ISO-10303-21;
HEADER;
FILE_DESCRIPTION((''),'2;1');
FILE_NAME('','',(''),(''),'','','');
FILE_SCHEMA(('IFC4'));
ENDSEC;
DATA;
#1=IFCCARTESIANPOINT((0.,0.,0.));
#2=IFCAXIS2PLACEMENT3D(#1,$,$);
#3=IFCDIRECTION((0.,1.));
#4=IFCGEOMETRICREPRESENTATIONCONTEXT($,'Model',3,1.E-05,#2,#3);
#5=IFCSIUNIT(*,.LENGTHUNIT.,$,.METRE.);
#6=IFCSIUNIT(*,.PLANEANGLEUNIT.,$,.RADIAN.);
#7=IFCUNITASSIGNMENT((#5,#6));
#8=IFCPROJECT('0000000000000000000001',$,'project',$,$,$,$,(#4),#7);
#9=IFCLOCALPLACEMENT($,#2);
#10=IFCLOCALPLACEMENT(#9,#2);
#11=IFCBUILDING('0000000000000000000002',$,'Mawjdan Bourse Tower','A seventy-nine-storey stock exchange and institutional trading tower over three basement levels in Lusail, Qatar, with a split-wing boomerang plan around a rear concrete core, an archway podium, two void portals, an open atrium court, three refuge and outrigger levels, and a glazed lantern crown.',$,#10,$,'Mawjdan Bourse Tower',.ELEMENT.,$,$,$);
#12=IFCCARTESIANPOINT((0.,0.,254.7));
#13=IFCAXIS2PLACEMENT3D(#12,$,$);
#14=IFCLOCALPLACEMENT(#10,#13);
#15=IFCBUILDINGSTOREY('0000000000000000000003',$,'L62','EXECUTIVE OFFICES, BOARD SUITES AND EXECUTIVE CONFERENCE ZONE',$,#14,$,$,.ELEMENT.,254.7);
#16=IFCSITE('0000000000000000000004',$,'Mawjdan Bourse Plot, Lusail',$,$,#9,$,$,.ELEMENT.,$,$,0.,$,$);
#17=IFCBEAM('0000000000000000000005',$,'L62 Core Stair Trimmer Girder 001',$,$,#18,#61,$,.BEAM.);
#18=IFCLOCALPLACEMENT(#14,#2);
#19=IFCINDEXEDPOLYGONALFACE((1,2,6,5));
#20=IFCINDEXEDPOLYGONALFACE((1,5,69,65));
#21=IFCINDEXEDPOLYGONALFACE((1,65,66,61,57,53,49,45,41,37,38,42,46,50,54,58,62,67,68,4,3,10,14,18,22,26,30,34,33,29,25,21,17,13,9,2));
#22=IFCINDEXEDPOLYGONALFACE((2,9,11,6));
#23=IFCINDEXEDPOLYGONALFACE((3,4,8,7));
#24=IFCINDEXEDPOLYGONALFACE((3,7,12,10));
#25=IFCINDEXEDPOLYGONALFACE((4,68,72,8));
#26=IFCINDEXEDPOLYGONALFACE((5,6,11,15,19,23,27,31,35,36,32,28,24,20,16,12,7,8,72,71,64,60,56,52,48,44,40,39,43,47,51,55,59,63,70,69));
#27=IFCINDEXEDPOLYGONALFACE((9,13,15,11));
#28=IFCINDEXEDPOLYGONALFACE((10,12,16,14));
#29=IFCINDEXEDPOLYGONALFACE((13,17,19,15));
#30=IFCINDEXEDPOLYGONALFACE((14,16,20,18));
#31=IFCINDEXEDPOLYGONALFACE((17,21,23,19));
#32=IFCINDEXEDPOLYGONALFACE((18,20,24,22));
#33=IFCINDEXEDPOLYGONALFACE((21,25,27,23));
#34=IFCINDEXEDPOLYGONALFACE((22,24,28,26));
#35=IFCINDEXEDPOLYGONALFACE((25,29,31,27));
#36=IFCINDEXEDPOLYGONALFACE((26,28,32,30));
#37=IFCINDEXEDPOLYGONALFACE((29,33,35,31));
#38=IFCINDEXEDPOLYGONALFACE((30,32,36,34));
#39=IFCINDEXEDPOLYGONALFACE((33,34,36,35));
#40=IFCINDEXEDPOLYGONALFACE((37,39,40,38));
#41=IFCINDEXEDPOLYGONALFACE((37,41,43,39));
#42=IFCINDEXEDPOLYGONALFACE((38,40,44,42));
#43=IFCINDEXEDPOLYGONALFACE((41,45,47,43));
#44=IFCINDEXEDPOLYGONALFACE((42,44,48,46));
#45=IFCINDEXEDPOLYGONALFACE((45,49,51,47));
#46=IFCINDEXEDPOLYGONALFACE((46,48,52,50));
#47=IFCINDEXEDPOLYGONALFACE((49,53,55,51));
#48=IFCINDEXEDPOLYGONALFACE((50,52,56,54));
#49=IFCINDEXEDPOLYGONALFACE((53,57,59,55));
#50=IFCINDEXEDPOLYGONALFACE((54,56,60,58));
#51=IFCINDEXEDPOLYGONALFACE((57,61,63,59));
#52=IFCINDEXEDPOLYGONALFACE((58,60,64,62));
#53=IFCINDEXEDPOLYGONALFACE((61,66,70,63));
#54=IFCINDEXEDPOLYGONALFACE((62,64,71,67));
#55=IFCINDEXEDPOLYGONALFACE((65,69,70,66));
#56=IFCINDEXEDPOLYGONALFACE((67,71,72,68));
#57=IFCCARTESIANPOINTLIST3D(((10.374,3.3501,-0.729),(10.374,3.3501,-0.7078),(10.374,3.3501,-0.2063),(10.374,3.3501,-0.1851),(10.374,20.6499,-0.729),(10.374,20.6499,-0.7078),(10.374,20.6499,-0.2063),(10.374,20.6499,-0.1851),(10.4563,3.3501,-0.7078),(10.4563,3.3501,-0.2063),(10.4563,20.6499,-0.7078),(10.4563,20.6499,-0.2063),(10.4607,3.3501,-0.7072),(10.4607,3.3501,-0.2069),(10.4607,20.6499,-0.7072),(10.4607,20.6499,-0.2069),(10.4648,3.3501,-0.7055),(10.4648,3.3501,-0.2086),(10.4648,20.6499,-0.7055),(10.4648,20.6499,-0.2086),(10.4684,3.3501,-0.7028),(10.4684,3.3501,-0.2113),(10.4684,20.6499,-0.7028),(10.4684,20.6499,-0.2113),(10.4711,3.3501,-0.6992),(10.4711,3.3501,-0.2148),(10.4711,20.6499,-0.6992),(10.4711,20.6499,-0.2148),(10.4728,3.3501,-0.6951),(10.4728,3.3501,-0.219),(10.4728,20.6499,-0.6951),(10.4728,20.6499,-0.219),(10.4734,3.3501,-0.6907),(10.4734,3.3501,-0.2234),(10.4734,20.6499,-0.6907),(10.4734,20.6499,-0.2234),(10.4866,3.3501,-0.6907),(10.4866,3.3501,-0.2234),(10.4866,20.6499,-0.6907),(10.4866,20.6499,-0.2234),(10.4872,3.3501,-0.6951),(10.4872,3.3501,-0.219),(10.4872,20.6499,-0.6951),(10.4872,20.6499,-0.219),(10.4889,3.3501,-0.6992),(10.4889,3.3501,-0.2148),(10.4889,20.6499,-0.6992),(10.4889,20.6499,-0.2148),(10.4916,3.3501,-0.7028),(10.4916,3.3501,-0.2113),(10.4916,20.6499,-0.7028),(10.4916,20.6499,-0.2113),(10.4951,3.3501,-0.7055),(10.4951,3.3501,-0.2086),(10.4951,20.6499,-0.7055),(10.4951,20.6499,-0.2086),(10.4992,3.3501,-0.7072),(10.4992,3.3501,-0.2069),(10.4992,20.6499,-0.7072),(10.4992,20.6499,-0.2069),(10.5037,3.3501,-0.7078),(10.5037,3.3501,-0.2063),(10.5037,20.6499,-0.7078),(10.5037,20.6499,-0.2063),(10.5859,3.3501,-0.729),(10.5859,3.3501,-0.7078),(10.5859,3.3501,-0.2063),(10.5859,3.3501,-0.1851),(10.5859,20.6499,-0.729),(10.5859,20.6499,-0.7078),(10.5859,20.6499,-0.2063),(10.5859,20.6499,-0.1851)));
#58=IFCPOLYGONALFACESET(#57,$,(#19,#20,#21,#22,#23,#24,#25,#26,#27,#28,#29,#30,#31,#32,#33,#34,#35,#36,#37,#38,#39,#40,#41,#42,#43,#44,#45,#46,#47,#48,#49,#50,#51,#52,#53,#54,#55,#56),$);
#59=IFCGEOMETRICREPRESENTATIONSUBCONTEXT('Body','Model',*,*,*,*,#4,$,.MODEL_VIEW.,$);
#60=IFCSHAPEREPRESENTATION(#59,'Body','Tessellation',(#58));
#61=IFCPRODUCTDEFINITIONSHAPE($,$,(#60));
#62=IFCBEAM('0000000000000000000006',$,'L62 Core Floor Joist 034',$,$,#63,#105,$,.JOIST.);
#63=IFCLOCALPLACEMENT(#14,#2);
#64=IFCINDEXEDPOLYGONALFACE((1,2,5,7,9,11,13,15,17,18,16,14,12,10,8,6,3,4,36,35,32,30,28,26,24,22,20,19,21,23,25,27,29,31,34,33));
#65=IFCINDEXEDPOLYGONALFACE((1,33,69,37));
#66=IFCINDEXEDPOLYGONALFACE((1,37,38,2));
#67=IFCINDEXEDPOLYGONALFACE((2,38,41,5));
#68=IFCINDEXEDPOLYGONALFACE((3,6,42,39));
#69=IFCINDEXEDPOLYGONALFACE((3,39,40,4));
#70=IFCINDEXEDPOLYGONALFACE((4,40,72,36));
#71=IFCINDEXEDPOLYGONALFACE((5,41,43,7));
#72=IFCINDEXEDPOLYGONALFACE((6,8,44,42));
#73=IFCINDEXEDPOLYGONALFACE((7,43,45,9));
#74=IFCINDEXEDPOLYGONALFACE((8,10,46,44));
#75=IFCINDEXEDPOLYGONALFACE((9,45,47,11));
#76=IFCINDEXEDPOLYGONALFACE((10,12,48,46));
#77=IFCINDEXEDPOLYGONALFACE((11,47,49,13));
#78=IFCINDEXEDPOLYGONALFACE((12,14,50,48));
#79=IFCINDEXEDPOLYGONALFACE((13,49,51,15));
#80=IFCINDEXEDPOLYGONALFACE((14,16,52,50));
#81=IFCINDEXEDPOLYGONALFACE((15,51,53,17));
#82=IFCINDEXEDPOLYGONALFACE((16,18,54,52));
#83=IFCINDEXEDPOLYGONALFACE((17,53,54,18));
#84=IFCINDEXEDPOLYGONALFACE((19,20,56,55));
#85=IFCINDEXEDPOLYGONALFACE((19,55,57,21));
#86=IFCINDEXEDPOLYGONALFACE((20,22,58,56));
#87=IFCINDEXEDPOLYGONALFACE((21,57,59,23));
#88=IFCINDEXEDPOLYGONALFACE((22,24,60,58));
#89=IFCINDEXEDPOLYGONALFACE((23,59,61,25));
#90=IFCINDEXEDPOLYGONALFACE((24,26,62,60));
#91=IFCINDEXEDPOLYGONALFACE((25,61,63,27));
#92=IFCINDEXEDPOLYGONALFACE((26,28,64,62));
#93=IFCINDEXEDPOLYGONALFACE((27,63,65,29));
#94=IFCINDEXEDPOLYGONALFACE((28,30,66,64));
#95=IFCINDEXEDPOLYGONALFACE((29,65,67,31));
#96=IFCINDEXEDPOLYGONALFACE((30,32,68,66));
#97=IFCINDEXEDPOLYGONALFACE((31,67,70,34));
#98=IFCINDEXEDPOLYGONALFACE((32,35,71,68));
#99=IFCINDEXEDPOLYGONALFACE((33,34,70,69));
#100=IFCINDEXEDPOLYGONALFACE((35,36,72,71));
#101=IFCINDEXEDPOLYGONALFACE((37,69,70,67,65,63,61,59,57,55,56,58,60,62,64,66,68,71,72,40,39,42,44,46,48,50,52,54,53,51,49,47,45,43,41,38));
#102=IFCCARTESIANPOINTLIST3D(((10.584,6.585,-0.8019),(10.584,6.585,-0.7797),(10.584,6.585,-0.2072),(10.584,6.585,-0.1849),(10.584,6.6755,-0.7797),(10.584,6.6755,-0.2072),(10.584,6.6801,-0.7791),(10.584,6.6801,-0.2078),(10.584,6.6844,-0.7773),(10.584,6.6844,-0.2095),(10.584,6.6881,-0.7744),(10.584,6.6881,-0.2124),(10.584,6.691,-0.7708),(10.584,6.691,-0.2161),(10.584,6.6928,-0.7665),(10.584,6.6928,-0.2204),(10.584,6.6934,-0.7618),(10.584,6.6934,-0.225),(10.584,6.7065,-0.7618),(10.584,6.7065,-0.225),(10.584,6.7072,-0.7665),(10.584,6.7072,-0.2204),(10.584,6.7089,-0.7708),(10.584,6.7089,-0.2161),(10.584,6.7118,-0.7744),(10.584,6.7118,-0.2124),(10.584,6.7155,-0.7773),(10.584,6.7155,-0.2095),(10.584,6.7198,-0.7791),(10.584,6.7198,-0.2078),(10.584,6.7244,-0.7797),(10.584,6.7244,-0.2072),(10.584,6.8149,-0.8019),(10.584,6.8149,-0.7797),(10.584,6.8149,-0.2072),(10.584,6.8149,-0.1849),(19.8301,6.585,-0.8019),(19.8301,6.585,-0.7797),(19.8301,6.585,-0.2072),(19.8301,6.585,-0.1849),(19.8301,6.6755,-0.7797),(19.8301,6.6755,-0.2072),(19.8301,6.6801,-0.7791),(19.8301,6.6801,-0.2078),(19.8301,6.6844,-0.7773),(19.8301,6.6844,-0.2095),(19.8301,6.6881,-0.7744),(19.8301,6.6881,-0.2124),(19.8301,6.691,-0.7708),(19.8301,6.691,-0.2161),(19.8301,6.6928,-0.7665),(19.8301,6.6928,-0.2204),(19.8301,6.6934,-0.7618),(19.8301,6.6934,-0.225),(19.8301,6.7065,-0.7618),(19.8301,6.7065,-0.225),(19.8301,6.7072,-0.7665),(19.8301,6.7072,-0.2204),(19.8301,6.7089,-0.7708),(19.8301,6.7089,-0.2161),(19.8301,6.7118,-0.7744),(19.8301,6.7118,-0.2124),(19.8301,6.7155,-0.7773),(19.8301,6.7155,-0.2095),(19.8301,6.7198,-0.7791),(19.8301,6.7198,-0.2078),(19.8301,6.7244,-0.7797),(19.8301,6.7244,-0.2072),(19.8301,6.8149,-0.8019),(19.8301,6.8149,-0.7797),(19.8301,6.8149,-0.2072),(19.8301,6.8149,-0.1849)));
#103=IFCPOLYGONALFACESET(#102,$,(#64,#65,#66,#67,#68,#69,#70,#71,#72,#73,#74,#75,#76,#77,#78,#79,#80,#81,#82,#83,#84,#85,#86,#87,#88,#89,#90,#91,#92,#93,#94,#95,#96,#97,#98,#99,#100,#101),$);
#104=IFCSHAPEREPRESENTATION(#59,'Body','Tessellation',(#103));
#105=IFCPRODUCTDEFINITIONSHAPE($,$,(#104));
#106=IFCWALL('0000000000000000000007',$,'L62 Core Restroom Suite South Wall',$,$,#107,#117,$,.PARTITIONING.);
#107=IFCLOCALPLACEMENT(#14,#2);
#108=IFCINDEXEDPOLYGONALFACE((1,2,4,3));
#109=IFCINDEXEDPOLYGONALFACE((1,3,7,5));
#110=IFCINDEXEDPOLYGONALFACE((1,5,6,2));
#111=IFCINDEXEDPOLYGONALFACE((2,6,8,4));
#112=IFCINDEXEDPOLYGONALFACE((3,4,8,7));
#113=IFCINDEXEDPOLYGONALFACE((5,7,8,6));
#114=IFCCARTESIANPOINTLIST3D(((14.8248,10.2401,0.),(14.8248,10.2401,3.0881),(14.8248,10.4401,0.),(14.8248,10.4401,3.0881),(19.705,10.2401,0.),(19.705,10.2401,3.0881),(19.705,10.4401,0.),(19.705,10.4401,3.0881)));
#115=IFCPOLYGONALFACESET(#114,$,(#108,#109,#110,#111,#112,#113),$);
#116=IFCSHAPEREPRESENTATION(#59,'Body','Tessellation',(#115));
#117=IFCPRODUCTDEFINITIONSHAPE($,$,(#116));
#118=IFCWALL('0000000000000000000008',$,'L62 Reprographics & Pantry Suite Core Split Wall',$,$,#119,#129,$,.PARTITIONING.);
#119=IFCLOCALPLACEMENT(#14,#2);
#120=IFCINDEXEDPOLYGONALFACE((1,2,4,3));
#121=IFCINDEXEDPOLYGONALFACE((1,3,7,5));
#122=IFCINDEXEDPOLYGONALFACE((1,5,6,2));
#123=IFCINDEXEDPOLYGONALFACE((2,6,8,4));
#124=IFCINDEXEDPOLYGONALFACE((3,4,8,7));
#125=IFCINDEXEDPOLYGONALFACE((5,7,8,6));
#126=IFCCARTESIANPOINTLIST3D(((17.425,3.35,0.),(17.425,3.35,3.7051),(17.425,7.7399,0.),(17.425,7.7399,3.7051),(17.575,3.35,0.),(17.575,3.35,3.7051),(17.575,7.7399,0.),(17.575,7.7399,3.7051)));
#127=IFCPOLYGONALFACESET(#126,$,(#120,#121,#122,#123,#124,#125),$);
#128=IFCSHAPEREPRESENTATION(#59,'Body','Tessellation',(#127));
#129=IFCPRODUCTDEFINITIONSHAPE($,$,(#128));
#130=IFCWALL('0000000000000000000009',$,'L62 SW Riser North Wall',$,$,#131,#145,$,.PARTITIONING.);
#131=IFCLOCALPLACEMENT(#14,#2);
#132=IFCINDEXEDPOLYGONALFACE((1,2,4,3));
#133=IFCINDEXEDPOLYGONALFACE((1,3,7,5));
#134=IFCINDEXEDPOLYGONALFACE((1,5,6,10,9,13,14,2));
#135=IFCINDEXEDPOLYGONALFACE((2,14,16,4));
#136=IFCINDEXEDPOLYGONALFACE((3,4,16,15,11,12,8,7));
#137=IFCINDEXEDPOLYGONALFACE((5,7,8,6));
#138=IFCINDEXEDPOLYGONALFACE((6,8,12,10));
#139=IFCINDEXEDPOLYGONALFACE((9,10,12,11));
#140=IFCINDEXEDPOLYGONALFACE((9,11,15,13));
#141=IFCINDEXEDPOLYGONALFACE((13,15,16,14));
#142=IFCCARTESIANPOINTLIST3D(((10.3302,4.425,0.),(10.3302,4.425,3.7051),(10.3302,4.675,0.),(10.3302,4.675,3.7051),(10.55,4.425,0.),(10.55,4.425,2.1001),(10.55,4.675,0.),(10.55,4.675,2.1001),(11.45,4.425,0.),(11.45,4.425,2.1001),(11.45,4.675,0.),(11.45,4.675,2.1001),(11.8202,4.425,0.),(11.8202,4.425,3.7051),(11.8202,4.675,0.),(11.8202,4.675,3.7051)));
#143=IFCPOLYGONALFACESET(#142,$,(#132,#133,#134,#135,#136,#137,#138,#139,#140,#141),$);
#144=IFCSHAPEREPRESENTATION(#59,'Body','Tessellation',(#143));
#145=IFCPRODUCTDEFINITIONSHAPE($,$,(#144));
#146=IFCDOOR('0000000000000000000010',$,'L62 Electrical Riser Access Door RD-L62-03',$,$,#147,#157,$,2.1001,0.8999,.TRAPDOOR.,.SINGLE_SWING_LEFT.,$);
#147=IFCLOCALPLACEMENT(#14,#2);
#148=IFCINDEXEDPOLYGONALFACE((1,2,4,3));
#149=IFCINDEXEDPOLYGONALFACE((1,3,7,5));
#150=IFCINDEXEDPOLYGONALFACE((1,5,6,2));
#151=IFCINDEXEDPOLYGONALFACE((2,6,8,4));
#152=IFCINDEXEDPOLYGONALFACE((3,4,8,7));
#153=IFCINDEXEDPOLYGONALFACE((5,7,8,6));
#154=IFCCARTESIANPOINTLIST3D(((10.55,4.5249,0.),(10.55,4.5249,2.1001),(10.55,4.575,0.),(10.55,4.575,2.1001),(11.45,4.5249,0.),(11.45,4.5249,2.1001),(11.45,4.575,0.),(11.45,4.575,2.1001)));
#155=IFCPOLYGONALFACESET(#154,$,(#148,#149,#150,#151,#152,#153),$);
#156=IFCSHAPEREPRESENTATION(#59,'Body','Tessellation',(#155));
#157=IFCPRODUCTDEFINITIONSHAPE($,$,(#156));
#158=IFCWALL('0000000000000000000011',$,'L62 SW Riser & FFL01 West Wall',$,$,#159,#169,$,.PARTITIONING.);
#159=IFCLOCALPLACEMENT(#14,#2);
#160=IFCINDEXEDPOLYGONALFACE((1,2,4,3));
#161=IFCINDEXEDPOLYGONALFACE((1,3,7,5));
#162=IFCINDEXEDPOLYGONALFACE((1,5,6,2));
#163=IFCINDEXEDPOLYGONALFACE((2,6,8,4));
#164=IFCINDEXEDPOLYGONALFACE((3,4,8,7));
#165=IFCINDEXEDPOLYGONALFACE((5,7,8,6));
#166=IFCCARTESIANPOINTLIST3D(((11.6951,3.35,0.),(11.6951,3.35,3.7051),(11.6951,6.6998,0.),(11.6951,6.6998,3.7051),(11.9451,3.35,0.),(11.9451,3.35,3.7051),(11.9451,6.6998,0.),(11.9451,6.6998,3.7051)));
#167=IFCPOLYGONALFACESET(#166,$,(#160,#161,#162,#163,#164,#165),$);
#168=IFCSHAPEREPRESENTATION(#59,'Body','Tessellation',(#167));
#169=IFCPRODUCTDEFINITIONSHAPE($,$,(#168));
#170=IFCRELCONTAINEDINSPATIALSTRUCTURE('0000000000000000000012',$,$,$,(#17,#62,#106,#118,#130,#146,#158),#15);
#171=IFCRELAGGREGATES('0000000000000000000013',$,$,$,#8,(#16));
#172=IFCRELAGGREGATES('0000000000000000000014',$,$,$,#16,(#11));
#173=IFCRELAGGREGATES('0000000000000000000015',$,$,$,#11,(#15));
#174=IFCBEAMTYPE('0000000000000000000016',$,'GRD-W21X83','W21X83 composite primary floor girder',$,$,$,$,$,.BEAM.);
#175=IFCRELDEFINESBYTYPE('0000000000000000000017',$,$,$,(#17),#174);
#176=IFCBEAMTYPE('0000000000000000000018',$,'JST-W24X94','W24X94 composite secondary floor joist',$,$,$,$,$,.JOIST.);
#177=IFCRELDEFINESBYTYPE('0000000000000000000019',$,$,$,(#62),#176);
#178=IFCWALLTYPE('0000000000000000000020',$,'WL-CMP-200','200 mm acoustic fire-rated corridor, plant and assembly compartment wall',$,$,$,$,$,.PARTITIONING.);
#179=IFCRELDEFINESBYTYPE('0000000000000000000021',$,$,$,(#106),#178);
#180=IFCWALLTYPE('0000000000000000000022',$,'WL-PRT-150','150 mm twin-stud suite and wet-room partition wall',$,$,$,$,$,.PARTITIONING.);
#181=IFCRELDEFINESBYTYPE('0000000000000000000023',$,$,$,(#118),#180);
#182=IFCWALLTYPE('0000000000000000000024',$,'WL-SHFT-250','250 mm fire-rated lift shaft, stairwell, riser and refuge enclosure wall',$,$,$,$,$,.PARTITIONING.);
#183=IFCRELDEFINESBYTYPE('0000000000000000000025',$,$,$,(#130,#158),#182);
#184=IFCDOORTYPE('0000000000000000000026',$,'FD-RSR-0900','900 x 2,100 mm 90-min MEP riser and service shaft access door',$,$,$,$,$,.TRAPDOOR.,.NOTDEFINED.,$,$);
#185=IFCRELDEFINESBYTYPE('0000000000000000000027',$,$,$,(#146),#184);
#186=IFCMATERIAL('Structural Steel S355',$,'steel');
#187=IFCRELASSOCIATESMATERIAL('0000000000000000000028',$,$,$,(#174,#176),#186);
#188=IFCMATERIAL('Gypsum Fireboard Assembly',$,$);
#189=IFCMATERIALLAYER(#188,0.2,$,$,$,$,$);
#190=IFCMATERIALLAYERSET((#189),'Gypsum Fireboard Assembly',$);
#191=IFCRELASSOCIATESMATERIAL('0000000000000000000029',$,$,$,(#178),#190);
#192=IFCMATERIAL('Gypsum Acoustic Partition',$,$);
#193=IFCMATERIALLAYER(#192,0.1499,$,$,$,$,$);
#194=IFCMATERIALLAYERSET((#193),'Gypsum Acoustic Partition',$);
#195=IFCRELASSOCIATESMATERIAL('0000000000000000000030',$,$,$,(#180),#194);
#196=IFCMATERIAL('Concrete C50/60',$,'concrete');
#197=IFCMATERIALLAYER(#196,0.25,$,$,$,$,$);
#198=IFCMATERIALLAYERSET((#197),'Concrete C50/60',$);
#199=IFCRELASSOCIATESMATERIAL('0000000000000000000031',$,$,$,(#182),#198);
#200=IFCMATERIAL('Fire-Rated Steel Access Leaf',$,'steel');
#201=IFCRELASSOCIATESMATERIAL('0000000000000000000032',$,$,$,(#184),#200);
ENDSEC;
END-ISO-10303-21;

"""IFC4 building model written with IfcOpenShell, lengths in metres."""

from ifc_helpers import new_model, si_unit, direction, frame, frame_2d, origin, origin_2d, place, context, subcontext, project, spatial, rectangle, i_section, extrude, material, layer, layer_set, material_profile, profile_set, type_object, element, fill, save


model = new_model("IFC4")

# Units and contexts
model_context = context("Model", 3, precision=1e-05, world=origin(), true_north=direction((0.0, 1.0)))
body_context = subcontext(model_context, "Body", "Model", "MODEL_VIEW")
ifc_project = project(units=[si_unit("LENGTHUNIT", "METRE"), si_unit("PLANEANGLEUNIT", "RADIAN")], contexts=[model_context])

# Site, building, storey
site_placement = place(None, origin())
site = spatial("IfcSite", under=ifc_project, at=site_placement, Name="Mawjdan Bourse Plot, Lusail", CompositionType="ELEMENT", RefElevation=0.0)
building_placement = place(site_placement, origin())
building = spatial("IfcBuilding", under=site, at=building_placement, Name="Mawjdan Bourse Tower", Description="A seventy-nine-storey stock exchange and institutional trading tower over three basement levels in Lusail, Qatar, with a split-wing boomerang plan around a rear concrete core, an archway podium, two void portals, an open atrium court, three refuge and outrigger levels, and a glazed lantern crown.", LongName="Mawjdan Bourse Tower", CompositionType="ELEMENT")
storey_placement = place(building_placement, frame((0.0, 0.0, 254.7)))
storey = spatial("IfcBuildingStorey", under=building, at=storey_placement, Name="L62", Description="EXECUTIVE OFFICES, BOARD SUITES AND EXECUTIVE CONFERENCE ZONE", CompositionType="ELEMENT", Elevation=254.7)

# Beams
ifc_material_1 = material(Name="Structural Steel S355", Category="steel")
ifc_material_profile_1 = material_profile(ifc_material_1, i_section(OverallWidth=0.2119, OverallDepth=0.5439, WebThickness=0.0132, FlangeThickness=0.0212, FilletRadius=0.0171, at=origin_2d()), Name="W21X83")
ifc_profile_set_1 = profile_set([ifc_material_profile_1], Name="Structural Steel S355")
beam_type_1 = type_object("IfcBeamType", Name="GRD-W21X83", Description="W21X83 composite primary floor girder", PredefinedType="BEAM", material=ifc_profile_set_1)
beam_1_placement = place(storey_placement, frame((10.48, 3.3501, -0.457), z_axis=(0.0, 1.0, 0.0), x_axis=(-1.0, 0.0, 0.0)))
element("IfcBeam", 1, at=beam_1_placement, inside=storey, type_object=beam_type_1, Name="L62 Core Stair Trimmer Girder 001", PredefinedType="BEAM", context=body_context, shape_type="SweptSolid", body=[
    extrude(i_section(OverallWidth=0.2119, OverallDepth=0.5439, WebThickness=0.0132, FlangeThickness=0.0212, FilletRadius=0.0171, at=origin_2d()), origin(), (0.0, 0.0, 1.0), 17.2998),
])
ifc_material_profile_2 = material_profile(ifc_material_1, i_section(OverallWidth=0.23, OverallDepth=0.6169, WebThickness=0.0132, FlangeThickness=0.0222, FilletRadius=0.0178, at=origin_2d()), Name="W24X94")
ifc_profile_set_2 = profile_set([ifc_material_profile_2], Name="Structural Steel S355")
beam_type_2 = type_object("IfcBeamType", Name="JST-W24X94", Description="W24X94 composite secondary floor joist", PredefinedType="JOIST", material=ifc_profile_set_2)
beam_2_placement = place(storey_placement, frame((10.584, 6.7, -0.4934), z_axis=(1.0, 0.0, 0.0), x_axis=(0.0, 1.0, 0.0)))
element("IfcBeam", 2, at=beam_2_placement, inside=storey, type_object=beam_type_2, Name="L62 Core Floor Joist 034", PredefinedType="JOIST", context=body_context, shape_type="SweptSolid", body=[
    extrude(i_section(OverallWidth=0.23, OverallDepth=0.6169, WebThickness=0.0132, FlangeThickness=0.0222, FilletRadius=0.0178, at=origin_2d()), origin(), (0.0, 0.0, 1.0), 9.2461),
])

# Shared definitions
ifc_material_2 = material(Name="Gypsum Fireboard Assembly")
ifc_layer_1 = layer(ifc_material_2, 0.2)
ifc_layer_set_1 = layer_set([ifc_layer_1], Name="Gypsum Fireboard Assembly")
wall_type_1 = type_object("IfcWallType", Name="WL-CMP-200", Description="200 mm acoustic fire-rated corridor, plant and assembly compartment wall", PredefinedType="PARTITIONING", material=ifc_layer_set_1)

# Walls
wall_1_placement = place(storey_placement, frame((14.825, 10.3401, 0.0), z_axis=(0.0, 0.0, 1.0), x_axis=(1.0, 0.0, 0.0)))
element("IfcWall", 3, at=wall_1_placement, inside=storey, type_object=wall_type_1, Name="L62 Core Restroom Suite South Wall", PredefinedType="PARTITIONING", context=body_context, shape_type="SweptSolid", body=[
    extrude(rectangle(XDim=4.8801, YDim=0.2, at=frame_2d((2.4399, 0.0))), origin(), (0.0, 0.0, 1.0), 3.0881),
])
ifc_material_3 = material(Name="Gypsum Acoustic Partition")
ifc_layer_2 = layer(ifc_material_3, 0.1499)
ifc_layer_set_2 = layer_set([ifc_layer_2], Name="Gypsum Acoustic Partition")
wall_type_2 = type_object("IfcWallType", Name="WL-PRT-150", Description="150 mm twin-stud suite and wet-room partition wall", PredefinedType="PARTITIONING", material=ifc_layer_set_2)
wall_2_placement = place(storey_placement, frame((17.5, 3.3501, 0.0), z_axis=(0.0, 0.0, 1.0), x_axis=(0.0, 1.0, 0.0)))
element("IfcWall", 4, at=wall_2_placement, inside=storey, type_object=wall_type_2, Name="L62 Reprographics & Pantry Suite Core Split Wall", PredefinedType="PARTITIONING", context=body_context, shape_type="SweptSolid", body=[
    extrude(rectangle(XDim=4.3899, YDim=0.1499, at=frame_2d((2.1948, 0.0))), origin(), (0.0, 0.0, 1.0), 3.7051),
])

# Wall, opening, door
ifc_material_4 = material(Name="Concrete C50/60", Category="concrete")
ifc_layer_3 = layer(ifc_material_4, 0.25)
ifc_layer_set_3 = layer_set([ifc_layer_3], Name="Concrete C50/60")
wall_type_3 = type_object("IfcWallType", Name="WL-SHFT-250", Description="250 mm fire-rated lift shaft, stairwell, riser and refuge enclosure wall", PredefinedType="PARTITIONING", material=ifc_layer_set_3)
wall_3_placement = place(storey_placement, frame((10.3301, 4.55, 0.0), z_axis=(0.0, 0.0, 1.0), x_axis=(1.0, 0.0, 0.0)))
wall_3 = element("IfcWall", 5, at=wall_3_placement, inside=storey, type_object=wall_type_3, Name="L62 SW Riser North Wall", PredefinedType="PARTITIONING", context=body_context, shape_type="SweptSolid", body=[
    extrude(rectangle(XDim=1.49, YDim=0.25, at=frame_2d((0.7451, 0.0))), origin(), (0.0, 0.0, 1.0), 3.7051),
])
opening_1_placement = place(wall_3_placement, frame((0.22, 0.0, 0.0)))
opening_1 = element("IfcOpeningElement", 6, at=opening_1_placement, cuts=wall_3, PredefinedType="OPENING", context=body_context, shape_type="SweptSolid", body=[
    extrude(rectangle(XDim=0.8999, YDim=2.1001, at=frame_2d((0.45, 1.05))), frame((0.0, 0.135, 0.0), z_axis=(0.0, -1.0, 0.0), x_axis=(1.0, 0.0, 0.0)), (0.0, 0.0, 1.0), 0.27),
])
ifc_material_5 = material(Name="Fire-Rated Steel Access Leaf", Category="steel")
door_type_1 = type_object("IfcDoorType", Name="FD-RSR-0900", Description="900 x 2,100 mm 90-min MEP riser and service shaft access door", OperationType="NOTDEFINED", PredefinedType="TRAPDOOR", material=ifc_material_5)
door_1_placement = place(opening_1_placement, origin())
door_1 = element("IfcDoor", 7, at=door_1_placement, inside=storey, type_object=door_type_1, Name="L62 Electrical Riser Access Door RD-L62-03", OperationType="SINGLE_SWING_LEFT", OverallHeight=2.1001, OverallWidth=0.8999, PredefinedType="TRAPDOOR", context=body_context, shape_type="SweptSolid", body=[
    extrude(rectangle(XDim=0.8999, YDim=2.1001, at=frame_2d((0.45, 1.05))), frame((0.0, 0.0249, 0.0), z_axis=(0.0, -1.0, 0.0), x_axis=(1.0, 0.0, 0.0)), (0.0, 0.0, 1.0), 0.05),
])
fill(opening_1, door_1)

# Wall
wall_4_placement = place(storey_placement, frame((11.8201, 3.3501, 0.0), z_axis=(0.0, 0.0, 1.0), x_axis=(0.0, 1.0, 0.0)))
element("IfcWall", 8, at=wall_4_placement, inside=storey, type_object=wall_type_3, Name="L62 SW Riser & FFL01 West Wall", PredefinedType="PARTITIONING", context=body_context, shape_type="SweptSolid", body=[
    extrude(rectangle(XDim=3.3499, YDim=0.25, at=frame_2d((1.6748, 0.0))), origin(), (0.0, 0.0, 1.0), 3.7051),
])

save(model, "model.ifc")
